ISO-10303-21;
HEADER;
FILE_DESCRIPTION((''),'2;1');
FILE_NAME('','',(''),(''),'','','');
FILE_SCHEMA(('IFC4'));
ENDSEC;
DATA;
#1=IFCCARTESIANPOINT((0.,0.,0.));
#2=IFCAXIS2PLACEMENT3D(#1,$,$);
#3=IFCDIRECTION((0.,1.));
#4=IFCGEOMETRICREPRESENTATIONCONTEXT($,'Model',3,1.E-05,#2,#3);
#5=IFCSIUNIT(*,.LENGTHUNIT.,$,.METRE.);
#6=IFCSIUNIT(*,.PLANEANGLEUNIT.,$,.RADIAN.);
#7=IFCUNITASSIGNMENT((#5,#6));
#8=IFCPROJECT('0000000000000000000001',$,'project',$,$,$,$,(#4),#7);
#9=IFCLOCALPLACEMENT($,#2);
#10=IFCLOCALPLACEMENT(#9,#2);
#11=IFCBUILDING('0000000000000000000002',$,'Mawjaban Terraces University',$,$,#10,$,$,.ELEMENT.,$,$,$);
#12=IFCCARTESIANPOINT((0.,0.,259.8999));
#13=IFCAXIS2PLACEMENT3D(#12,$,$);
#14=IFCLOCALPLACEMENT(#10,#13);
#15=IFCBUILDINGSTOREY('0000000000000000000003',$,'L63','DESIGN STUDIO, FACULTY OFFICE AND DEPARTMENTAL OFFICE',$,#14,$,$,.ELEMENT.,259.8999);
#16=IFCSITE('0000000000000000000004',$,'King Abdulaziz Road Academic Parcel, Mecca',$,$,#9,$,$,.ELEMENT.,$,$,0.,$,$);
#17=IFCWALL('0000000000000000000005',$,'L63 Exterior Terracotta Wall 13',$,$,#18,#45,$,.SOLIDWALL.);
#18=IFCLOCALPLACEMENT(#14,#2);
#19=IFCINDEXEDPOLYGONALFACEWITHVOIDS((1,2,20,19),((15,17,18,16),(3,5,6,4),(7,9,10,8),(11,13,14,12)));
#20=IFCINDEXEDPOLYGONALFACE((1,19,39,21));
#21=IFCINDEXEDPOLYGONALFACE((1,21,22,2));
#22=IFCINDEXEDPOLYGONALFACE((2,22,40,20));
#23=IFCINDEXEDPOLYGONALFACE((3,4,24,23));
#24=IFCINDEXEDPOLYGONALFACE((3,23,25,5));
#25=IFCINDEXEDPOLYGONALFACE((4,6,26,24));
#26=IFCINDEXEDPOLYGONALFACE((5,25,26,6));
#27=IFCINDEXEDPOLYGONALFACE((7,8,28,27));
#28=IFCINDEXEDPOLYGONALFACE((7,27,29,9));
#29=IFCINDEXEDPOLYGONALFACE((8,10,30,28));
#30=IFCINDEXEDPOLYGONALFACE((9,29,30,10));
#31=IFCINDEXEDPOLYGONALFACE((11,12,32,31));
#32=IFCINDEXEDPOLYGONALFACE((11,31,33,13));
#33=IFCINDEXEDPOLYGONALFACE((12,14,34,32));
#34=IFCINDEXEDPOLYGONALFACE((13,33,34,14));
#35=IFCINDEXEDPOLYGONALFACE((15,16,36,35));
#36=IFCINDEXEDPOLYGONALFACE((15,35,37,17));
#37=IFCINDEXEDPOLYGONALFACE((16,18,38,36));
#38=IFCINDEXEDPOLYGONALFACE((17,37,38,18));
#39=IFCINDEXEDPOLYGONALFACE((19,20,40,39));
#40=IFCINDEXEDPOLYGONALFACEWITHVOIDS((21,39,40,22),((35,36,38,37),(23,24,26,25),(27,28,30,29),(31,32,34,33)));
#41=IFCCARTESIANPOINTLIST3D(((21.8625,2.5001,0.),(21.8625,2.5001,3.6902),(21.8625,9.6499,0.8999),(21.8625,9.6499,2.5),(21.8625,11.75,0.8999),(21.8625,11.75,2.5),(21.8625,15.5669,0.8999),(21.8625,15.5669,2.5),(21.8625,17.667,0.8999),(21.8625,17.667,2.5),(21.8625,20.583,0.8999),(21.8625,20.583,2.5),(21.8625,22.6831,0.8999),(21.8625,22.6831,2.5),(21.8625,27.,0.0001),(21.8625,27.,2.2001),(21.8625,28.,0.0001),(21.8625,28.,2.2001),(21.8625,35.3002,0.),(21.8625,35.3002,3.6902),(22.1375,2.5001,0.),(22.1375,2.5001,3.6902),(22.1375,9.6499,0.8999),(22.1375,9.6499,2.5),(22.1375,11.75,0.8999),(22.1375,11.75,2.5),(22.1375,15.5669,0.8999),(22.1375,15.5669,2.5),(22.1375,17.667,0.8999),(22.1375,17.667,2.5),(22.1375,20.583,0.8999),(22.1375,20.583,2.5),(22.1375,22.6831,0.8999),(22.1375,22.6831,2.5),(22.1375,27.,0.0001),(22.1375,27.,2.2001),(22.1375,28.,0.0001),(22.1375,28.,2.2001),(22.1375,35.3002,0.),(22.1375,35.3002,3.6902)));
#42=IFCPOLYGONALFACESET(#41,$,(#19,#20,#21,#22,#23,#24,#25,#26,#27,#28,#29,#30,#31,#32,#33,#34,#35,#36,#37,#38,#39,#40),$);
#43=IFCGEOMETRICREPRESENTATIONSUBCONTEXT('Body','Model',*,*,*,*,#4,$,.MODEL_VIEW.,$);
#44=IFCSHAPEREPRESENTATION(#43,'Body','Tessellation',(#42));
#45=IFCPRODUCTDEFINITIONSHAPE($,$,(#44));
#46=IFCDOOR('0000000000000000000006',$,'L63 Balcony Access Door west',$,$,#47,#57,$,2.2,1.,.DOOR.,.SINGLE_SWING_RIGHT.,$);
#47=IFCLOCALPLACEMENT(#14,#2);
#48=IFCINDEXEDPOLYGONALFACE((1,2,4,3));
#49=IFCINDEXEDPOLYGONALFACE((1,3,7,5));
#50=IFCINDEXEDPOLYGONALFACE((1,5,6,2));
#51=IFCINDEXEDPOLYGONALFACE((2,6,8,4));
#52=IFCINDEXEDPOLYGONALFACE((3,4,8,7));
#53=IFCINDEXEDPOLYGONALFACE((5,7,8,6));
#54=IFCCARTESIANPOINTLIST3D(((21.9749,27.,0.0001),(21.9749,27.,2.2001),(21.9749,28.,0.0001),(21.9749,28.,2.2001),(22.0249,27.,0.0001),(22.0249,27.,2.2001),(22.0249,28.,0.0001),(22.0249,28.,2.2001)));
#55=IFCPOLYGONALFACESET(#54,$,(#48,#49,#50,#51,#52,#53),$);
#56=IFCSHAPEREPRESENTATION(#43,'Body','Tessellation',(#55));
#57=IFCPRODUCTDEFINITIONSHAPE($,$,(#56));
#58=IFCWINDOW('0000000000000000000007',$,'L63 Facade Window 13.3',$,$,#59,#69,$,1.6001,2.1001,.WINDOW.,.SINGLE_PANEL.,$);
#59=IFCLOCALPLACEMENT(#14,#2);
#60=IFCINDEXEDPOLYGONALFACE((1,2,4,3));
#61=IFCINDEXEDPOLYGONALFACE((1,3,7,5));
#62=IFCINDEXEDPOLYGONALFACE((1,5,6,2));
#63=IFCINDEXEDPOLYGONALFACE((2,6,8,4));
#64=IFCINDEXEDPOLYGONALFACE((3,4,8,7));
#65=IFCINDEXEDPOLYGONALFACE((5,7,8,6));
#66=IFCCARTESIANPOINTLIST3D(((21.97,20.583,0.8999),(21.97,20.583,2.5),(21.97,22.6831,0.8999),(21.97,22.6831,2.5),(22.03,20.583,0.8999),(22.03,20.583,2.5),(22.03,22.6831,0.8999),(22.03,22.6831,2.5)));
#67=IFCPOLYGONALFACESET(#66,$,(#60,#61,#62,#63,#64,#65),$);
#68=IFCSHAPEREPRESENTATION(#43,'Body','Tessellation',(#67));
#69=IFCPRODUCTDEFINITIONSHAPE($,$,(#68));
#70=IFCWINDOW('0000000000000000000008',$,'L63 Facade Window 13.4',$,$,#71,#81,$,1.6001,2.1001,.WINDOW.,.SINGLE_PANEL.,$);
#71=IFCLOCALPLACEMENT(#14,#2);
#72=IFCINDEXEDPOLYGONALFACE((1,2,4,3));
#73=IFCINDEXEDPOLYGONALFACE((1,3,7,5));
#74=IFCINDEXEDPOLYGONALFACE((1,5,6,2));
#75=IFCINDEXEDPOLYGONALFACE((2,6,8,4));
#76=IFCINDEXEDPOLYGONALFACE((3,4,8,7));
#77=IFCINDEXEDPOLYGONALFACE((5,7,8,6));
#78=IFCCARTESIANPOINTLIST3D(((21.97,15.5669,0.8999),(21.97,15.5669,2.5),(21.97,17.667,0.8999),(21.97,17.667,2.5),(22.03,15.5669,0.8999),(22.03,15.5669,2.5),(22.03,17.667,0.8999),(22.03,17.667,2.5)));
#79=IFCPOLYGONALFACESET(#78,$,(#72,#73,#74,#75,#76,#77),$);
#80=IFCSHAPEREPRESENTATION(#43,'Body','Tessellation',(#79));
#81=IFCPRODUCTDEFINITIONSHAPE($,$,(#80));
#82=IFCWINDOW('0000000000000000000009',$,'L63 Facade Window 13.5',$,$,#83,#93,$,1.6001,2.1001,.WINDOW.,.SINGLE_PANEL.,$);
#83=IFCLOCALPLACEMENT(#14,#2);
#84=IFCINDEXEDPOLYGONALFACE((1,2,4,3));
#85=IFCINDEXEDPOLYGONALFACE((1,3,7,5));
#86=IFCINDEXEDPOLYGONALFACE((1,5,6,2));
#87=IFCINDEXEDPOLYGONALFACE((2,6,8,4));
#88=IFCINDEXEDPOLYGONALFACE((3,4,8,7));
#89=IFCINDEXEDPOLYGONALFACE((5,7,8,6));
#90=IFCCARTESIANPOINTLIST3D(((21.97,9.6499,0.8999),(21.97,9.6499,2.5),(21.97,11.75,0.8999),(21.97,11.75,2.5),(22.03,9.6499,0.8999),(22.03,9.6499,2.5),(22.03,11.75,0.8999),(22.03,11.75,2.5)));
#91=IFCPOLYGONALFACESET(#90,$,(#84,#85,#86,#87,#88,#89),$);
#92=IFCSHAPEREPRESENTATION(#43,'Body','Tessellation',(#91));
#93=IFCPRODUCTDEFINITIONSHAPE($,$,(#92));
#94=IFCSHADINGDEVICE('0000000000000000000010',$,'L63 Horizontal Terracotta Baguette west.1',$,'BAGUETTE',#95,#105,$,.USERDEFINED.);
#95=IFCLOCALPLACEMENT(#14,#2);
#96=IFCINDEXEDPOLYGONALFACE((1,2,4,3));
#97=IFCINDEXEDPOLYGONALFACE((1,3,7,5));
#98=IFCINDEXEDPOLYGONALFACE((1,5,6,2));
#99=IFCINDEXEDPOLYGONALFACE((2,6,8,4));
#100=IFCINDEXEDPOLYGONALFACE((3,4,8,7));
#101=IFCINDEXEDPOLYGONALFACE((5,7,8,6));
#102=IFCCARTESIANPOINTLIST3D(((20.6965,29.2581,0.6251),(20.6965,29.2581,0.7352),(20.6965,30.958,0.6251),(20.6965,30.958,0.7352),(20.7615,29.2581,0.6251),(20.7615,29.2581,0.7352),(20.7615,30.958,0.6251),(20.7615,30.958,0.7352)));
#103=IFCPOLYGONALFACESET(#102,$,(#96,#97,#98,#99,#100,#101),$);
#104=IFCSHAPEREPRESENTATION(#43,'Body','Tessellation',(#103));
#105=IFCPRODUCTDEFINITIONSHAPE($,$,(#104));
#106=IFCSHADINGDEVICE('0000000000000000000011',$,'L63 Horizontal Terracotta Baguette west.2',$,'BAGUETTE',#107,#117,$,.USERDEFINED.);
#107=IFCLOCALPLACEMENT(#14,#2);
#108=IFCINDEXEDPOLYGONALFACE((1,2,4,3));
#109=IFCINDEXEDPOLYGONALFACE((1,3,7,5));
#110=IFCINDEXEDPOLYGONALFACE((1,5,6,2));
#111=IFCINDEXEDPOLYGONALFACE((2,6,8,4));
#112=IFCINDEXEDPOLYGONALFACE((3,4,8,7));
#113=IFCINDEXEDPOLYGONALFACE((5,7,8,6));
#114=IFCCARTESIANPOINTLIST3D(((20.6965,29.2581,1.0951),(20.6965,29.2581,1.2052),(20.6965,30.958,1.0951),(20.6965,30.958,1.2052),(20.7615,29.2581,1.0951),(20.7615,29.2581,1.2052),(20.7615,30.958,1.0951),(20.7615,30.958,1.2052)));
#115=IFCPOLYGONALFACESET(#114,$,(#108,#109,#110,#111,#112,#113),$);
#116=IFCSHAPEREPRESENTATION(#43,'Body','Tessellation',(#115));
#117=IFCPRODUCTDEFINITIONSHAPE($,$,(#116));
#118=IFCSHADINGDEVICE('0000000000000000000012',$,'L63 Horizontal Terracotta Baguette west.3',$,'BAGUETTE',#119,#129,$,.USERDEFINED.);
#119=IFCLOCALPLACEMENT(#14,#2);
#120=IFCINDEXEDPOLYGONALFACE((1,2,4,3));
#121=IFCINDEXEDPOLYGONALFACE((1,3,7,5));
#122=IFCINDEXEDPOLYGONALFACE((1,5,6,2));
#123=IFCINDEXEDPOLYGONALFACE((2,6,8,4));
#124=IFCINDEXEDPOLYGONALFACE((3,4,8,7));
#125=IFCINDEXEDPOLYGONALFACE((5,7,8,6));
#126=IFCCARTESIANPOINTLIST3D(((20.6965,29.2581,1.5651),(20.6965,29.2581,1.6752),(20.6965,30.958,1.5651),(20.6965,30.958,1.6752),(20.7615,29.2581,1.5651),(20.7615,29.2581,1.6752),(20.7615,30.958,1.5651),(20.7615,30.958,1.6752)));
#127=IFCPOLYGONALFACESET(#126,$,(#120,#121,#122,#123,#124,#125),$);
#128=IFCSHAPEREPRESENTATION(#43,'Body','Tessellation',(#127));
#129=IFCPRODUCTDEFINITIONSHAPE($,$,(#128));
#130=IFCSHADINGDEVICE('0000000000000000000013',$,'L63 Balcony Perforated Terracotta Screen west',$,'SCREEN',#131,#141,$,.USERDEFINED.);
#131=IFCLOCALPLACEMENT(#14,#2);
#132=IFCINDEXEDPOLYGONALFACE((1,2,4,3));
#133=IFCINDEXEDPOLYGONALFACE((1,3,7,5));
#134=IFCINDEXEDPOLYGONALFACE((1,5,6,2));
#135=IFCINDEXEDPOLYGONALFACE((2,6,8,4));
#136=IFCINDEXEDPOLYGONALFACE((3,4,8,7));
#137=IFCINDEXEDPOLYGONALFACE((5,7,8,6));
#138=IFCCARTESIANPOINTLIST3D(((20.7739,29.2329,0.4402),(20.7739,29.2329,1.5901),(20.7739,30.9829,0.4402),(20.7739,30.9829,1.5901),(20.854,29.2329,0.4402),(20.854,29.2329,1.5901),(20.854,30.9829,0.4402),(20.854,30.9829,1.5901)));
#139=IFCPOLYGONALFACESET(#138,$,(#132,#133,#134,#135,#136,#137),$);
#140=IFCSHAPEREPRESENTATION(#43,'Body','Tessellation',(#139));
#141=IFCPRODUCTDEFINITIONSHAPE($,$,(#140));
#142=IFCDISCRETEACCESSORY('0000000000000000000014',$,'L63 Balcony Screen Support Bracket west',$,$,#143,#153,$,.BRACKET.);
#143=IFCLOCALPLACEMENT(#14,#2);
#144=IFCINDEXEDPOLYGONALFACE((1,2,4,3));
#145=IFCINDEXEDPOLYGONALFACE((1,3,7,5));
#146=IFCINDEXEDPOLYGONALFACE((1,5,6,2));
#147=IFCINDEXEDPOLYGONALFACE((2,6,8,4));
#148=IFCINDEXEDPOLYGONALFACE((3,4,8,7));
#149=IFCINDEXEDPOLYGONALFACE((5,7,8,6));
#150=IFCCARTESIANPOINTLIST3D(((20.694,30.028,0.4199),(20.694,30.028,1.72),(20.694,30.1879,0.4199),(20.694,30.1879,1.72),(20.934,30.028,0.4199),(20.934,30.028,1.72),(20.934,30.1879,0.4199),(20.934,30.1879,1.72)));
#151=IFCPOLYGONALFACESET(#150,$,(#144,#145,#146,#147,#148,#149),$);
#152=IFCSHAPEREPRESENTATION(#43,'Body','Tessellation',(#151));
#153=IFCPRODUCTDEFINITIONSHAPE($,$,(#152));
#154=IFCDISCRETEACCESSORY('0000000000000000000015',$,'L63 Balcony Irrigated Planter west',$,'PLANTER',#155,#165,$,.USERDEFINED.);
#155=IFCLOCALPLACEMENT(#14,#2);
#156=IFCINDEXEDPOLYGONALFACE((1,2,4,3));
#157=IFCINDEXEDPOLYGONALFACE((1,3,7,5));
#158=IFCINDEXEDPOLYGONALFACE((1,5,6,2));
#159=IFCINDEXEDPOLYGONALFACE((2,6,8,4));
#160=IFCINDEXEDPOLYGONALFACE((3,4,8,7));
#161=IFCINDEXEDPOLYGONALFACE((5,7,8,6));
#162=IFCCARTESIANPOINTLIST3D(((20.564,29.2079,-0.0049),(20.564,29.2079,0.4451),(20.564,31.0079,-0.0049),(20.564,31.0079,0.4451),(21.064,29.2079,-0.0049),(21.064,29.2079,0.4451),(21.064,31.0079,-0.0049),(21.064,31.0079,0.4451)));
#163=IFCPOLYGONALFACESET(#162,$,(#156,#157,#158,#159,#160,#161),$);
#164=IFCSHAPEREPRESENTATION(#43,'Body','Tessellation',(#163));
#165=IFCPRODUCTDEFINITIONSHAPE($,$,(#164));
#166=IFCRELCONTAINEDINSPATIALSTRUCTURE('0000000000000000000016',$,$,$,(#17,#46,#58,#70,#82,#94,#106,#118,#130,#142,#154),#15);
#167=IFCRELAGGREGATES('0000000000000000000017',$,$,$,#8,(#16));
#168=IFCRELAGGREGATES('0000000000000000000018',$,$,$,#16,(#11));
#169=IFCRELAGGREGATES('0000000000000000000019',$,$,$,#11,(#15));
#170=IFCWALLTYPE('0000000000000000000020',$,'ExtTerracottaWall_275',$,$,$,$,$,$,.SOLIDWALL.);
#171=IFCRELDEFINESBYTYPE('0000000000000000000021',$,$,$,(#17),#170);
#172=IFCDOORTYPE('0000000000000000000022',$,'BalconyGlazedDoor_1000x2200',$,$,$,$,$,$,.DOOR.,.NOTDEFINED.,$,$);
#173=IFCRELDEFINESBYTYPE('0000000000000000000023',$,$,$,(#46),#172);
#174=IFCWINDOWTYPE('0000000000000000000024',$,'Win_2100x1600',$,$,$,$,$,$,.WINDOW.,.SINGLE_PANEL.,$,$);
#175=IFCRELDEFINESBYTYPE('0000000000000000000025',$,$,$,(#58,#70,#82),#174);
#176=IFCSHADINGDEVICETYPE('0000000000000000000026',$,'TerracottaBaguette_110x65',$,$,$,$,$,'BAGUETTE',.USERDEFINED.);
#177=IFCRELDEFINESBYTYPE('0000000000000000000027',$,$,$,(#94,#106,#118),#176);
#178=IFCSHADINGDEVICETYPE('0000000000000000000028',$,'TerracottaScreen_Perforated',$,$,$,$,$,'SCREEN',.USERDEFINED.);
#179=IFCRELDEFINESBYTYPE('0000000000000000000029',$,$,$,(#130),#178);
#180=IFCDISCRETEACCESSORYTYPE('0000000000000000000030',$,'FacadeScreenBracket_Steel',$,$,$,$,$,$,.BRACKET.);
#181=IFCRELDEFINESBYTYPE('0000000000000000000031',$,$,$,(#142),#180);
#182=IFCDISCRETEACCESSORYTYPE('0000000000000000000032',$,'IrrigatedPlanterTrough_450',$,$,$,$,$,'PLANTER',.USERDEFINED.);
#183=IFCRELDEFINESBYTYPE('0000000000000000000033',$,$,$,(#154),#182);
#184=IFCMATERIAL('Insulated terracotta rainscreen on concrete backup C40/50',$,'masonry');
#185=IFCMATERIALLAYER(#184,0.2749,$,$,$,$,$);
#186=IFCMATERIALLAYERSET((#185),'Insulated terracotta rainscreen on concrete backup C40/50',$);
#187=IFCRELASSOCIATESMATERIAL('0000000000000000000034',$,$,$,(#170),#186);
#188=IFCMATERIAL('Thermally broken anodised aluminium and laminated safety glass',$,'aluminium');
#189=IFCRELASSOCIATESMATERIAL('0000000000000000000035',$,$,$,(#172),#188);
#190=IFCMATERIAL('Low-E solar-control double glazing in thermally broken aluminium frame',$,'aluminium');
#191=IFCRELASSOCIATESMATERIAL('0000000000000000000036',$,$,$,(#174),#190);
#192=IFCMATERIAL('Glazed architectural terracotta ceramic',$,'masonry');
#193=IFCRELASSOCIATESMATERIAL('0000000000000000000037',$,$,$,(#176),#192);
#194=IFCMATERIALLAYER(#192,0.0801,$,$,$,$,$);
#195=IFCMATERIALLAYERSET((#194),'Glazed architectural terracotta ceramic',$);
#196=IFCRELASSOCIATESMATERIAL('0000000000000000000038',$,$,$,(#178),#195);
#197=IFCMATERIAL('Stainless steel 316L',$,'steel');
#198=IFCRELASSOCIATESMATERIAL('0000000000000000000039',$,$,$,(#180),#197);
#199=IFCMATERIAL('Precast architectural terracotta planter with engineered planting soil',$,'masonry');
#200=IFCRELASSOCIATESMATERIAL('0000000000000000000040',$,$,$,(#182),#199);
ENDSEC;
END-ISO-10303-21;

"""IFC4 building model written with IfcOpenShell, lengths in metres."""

from ifc_helpers import new_model, si_unit, direction, frame, frame_2d, origin, origin_2d, place, context, subcontext, project, spatial, rectangle, extrude, material, layer, layer_set, material_profile, profile_set, type_object, element, fill, save


model = new_model("IFC4")

# Units and contexts
model_context = context("Model", 3, precision=1e-05, world=origin(), true_north=direction((0.0, 1.0)))
body_context = subcontext(model_context, "Body", "Model", "MODEL_VIEW")
ifc_project = project(units=[si_unit("LENGTHUNIT", "METRE"), si_unit("PLANEANGLEUNIT", "RADIAN")], contexts=[model_context])

# Site, building, storey
site_placement = place(None, origin())
site = spatial("IfcSite", under=ifc_project, at=site_placement, Name="King Abdulaziz Road Academic Parcel, Mecca", CompositionType="ELEMENT", RefElevation=0.0)
building_placement = place(site_placement, origin())
building = spatial("IfcBuilding", under=site, at=building_placement, Name="Mawjaban Terraces University", CompositionType="ELEMENT")
storey_placement = place(building_placement, frame((0.0, 0.0, 259.8999)))
storey = spatial("IfcBuildingStorey", under=building, at=storey_placement, Name="L63", Description="DESIGN STUDIO, FACULTY OFFICE AND DEPARTMENTAL OFFICE", CompositionType="ELEMENT", Elevation=259.8999)

# Shared definitions
ifc_material_1 = material(Name="Insulated terracotta rainscreen on concrete backup C40/50", Category="masonry")
ifc_layer_1 = layer(ifc_material_1, 0.2749)
ifc_layer_set_1 = layer_set([ifc_layer_1], Name="Insulated terracotta rainscreen on concrete backup C40/50")
wall_type_1 = type_object("IfcWallType", Name="ExtTerracottaWall_275", PredefinedType="SOLIDWALL", material=ifc_layer_set_1)

# Wall, openings, door, windows
wall_1_placement = place(storey_placement, frame((22.0, 35.3, 0.0), z_axis=(0.0, 0.0, 1.0), x_axis=(0.0, -1.0, 0.0)))
wall_1 = element("IfcWall", 1, at=wall_1_placement, inside=storey, type_object=wall_type_1, Name="L63 Exterior Terracotta Wall 13", PredefinedType="SOLIDWALL", context=body_context, shape_type="SweptSolid", body=[
    extrude(rectangle(XDim=32.8, YDim=0.2749, at=frame_2d((16.3999, 0.0))), origin(), (0.0, 0.0, 1.0), 3.6902),
])
opening_1_placement = place(wall_1_placement, frame((7.3, 0.0, 0.0)))
opening_1 = element("IfcOpeningElement", 2, at=opening_1_placement, cuts=wall_1, PredefinedType="OPENING", context=body_context, shape_type="SweptSolid", body=[
    extrude(rectangle(XDim=1.0, YDim=2.2, at=frame_2d((0.5, 1.1001))), frame((0.0, 0.1475, 0.0), z_axis=(0.0, -1.0, 0.0), x_axis=(1.0, 0.0, 0.0)), (0.0, 0.0, 1.0), 0.2949),
])
opening_2_placement = place(wall_1_placement, frame((12.6169, 0.0, 0.8999)))
opening_2 = element("IfcOpeningElement", 3, at=opening_2_placement, cuts=wall_1, PredefinedType="OPENING", context=body_context, shape_type="SweptSolid", body=[
    extrude(rectangle(XDim=2.1001, YDim=1.6001, at=frame_2d((1.05, 0.8))), frame((0.0, 0.1475, 0.0), z_axis=(0.0, -1.0, 0.0), x_axis=(1.0, 0.0, 0.0)), (0.0, 0.0, 1.0), 0.2949),
])
opening_3_placement = place(wall_1_placement, frame((17.6331, 0.0, 0.8999)))
opening_3 = element("IfcOpeningElement", 4, at=opening_3_placement, cuts=wall_1, PredefinedType="OPENING", context=body_context, shape_type="SweptSolid", body=[
    extrude(rectangle(XDim=2.1001, YDim=1.6001, at=frame_2d((1.05, 0.8))), frame((0.0, 0.1475, 0.0), z_axis=(0.0, -1.0, 0.0), x_axis=(1.0, 0.0, 0.0)), (0.0, 0.0, 1.0), 0.2949),
])
opening_4_placement = place(wall_1_placement, frame((23.55, 0.0, 0.8999)))
opening_4 = element("IfcOpeningElement", 5, at=opening_4_placement, cuts=wall_1, PredefinedType="OPENING", context=body_context, shape_type="SweptSolid", body=[
    extrude(rectangle(XDim=2.1001, YDim=1.6001, at=frame_2d((1.05, 0.8))), frame((0.0, 0.1475, 0.0), z_axis=(0.0, -1.0, 0.0), x_axis=(1.0, 0.0, 0.0)), (0.0, 0.0, 1.0), 0.2949),
])
ifc_material_2 = material(Name="Thermally broken anodised aluminium and laminated safety glass", Category="aluminium")
door_type_1 = type_object("IfcDoorType", Name="BalconyGlazedDoor_1000x2200", OperationType="NOTDEFINED", PredefinedType="DOOR", material=ifc_material_2)
door_1_placement = place(opening_1_placement, origin())
door_1 = element("IfcDoor", 6, at=door_1_placement, inside=storey, type_object=door_type_1, Name="L63 Balcony Access Door west", OperationType="SINGLE_SWING_RIGHT", OverallHeight=2.2, OverallWidth=1.0, PredefinedType="DOOR", context=body_context, shape_type="SweptSolid", body=[
    extrude(rectangle(XDim=1.0, YDim=2.2, at=frame_2d((0.5, 1.1001))), frame((0.0, 0.0249, 0.0), z_axis=(0.0, -1.0, 0.0), x_axis=(1.0, 0.0, 0.0)), (0.0, 0.0, 1.0), 0.05),
])
fill(opening_1, door_1)
ifc_material_3 = material(Name="Low-E solar-control double glazing in thermally broken aluminium frame", Category="aluminium")
window_type = type_object("IfcWindowType", Name="Win_2100x1600", PartitioningType="SINGLE_PANEL", PredefinedType="WINDOW", material=ifc_material_3)
window_1_placement = place(opening_2_placement, origin())
window_1 = element("IfcWindow", 7, at=window_1_placement, inside=storey, type_object=window_type, Name="L63 Facade Window 13.3", OverallHeight=1.6001, OverallWidth=2.1001, PartitioningType="SINGLE_PANEL", PredefinedType="WINDOW", context=body_context, shape_type="SweptSolid", body=[
    extrude(rectangle(XDim=2.1001, YDim=1.6001, at=frame_2d((1.05, 0.8))), frame((0.0, 0.03, 0.0), z_axis=(0.0, -1.0, 0.0), x_axis=(1.0, 0.0, 0.0)), (0.0, 0.0, 1.0), 0.0601),
])
fill(opening_2, window_1)
window_2_placement = place(opening_3_placement, origin())
window_2 = element("IfcWindow", 8, at=window_2_placement, inside=storey, type_object=window_type, Name="L63 Facade Window 13.4", OverallHeight=1.6001, OverallWidth=2.1001, PartitioningType="SINGLE_PANEL", PredefinedType="WINDOW", context=body_context, shape_type="SweptSolid", body=[
    extrude(rectangle(XDim=2.1001, YDim=1.6001, at=frame_2d((1.05, 0.8))), frame((0.0, 0.03, 0.0), z_axis=(0.0, -1.0, 0.0), x_axis=(1.0, 0.0, 0.0)), (0.0, 0.0, 1.0), 0.0601),
])
fill(opening_3, window_2)
window_3_placement = place(opening_4_placement, origin())
window_3 = element("IfcWindow", 9, at=window_3_placement, inside=storey, type_object=window_type, Name="L63 Facade Window 13.5", OverallHeight=1.6001, OverallWidth=2.1001, PartitioningType="SINGLE_PANEL", PredefinedType="WINDOW", context=body_context, shape_type="SweptSolid", body=[
    extrude(rectangle(XDim=2.1001, YDim=1.6001, at=frame_2d((1.05, 0.8))), frame((0.0, 0.03, 0.0), z_axis=(0.0, -1.0, 0.0), x_axis=(1.0, 0.0, 0.0)), (0.0, 0.0, 1.0), 0.0601),
])
fill(opening_4, window_3)

# Shading devices
ifc_material_4 = material(Name="Glazed architectural terracotta ceramic", Category="masonry")
ifc_material_profile_1 = material_profile(ifc_material_4, rectangle(XDim=0.0649, YDim=0.1101, at=origin_2d()), Name="TBAG110X65")
ifc_profile_set_1 = profile_set([ifc_material_profile_1], Name="Glazed architectural terracotta ceramic")
shading_device_type_1 = type_object("IfcShadingDeviceType", Name="TerracottaBaguette_110x65", ElementType="BAGUETTE", PredefinedType="USERDEFINED", material=ifc_profile_set_1)
for number, where, z_axis, x_axis, name in (
    (10, (20.729, 29.2581, 0.6802), (0.0, 1.0, 0.0), (-1.0, 0.0, 0.0), "L63 Horizontal Terracotta Baguette west.1"),
    (11, (20.729, 29.2581, 1.1501), (0.0, 1.0, 0.0), (-1.0, 0.0, 0.0), "L63 Horizontal Terracotta Baguette west.2"),
    (12, (20.729, 29.2581, 1.6201), (0.0, 1.0, 0.0), (-1.0, 0.0, 0.0), "L63 Horizontal Terracotta Baguette west.3"),
):
    element("IfcShadingDevice", number, at=place(storey_placement, frame(where, z_axis=z_axis, x_axis=x_axis)), inside=storey, type_object=shading_device_type_1, Name=name, ObjectType="BAGUETTE", PredefinedType="USERDEFINED", context=body_context, shape_type="SweptSolid", body=[
        extrude(rectangle(XDim=0.0649, YDim=0.1101, at=origin_2d()), origin(), (0.0, 0.0, 1.0), 1.7),
    ])
ifc_layer_2 = layer(ifc_material_4, 0.0801)
ifc_layer_set_2 = layer_set([ifc_layer_2], Name="Glazed architectural terracotta ceramic")
shading_device_type_2 = type_object("IfcShadingDeviceType", Name="TerracottaScreen_Perforated", ElementType="SCREEN", PredefinedType="USERDEFINED", material=ifc_layer_set_2)
shading_device_placement = place(storey_placement, frame((20.814, 30.1079, 0.4402), z_axis=(0.0, 0.0, 1.0), x_axis=(0.0, 1.0, 0.0)))
element("IfcShadingDevice", 13, at=shading_device_placement, inside=storey, type_object=shading_device_type_2, Name="L63 Balcony Perforated Terracotta Screen west", ObjectType="SCREEN", PredefinedType="USERDEFINED", context=body_context, shape_type="SweptSolid", body=[
    extrude(rectangle(XDim=1.75, YDim=0.0801, at=origin_2d()), origin(), (0.0, 0.0, 1.0), 1.1499),
])

# Discrete accessories
ifc_material_5 = material(Name="Stainless steel 316L", Category="steel")
discrete_accessory_type_1 = type_object("IfcDiscreteAccessoryType", Name="FacadeScreenBracket_Steel", PredefinedType="BRACKET", material=ifc_material_5)
discrete_accessory_1_placement = place(storey_placement, frame((20.814, 30.1079, 0.4199), z_axis=(0.0, 0.0, 1.0), x_axis=(0.0, 1.0, 0.0)))
element("IfcDiscreteAccessory", 14, at=discrete_accessory_1_placement, inside=storey, type_object=discrete_accessory_type_1, Name="L63 Balcony Screen Support Bracket west", PredefinedType="BRACKET", context=body_context, shape_type="SweptSolid", body=[
    extrude(rectangle(XDim=0.1599, YDim=0.24, at=origin_2d()), origin(), (0.0, 0.0, 1.0), 1.3),
])
ifc_material_6 = material(Name="Precast architectural terracotta planter with engineered planting soil", Category="masonry")
discrete_accessory_type_2 = type_object("IfcDiscreteAccessoryType", Name="IrrigatedPlanterTrough_450", ElementType="PLANTER", PredefinedType="USERDEFINED", material=ifc_material_6)
discrete_accessory_2_placement = place(storey_placement, frame((20.814, 30.1079, -0.0049), z_axis=(0.0, 0.0, 1.0), x_axis=(0.0, 1.0, 0.0)))
element("IfcDiscreteAccessory", 15, at=discrete_accessory_2_placement, inside=storey, type_object=discrete_accessory_type_2, Name="L63 Balcony Irrigated Planter west", ObjectType="PLANTER", PredefinedType="USERDEFINED", context=body_context, shape_type="SweptSolid", body=[
    extrude(rectangle(XDim=1.8, YDim=0.5, at=origin_2d()), origin(), (0.0, 0.0, 1.0), 0.45),
])

save(model, "model.ifc")
